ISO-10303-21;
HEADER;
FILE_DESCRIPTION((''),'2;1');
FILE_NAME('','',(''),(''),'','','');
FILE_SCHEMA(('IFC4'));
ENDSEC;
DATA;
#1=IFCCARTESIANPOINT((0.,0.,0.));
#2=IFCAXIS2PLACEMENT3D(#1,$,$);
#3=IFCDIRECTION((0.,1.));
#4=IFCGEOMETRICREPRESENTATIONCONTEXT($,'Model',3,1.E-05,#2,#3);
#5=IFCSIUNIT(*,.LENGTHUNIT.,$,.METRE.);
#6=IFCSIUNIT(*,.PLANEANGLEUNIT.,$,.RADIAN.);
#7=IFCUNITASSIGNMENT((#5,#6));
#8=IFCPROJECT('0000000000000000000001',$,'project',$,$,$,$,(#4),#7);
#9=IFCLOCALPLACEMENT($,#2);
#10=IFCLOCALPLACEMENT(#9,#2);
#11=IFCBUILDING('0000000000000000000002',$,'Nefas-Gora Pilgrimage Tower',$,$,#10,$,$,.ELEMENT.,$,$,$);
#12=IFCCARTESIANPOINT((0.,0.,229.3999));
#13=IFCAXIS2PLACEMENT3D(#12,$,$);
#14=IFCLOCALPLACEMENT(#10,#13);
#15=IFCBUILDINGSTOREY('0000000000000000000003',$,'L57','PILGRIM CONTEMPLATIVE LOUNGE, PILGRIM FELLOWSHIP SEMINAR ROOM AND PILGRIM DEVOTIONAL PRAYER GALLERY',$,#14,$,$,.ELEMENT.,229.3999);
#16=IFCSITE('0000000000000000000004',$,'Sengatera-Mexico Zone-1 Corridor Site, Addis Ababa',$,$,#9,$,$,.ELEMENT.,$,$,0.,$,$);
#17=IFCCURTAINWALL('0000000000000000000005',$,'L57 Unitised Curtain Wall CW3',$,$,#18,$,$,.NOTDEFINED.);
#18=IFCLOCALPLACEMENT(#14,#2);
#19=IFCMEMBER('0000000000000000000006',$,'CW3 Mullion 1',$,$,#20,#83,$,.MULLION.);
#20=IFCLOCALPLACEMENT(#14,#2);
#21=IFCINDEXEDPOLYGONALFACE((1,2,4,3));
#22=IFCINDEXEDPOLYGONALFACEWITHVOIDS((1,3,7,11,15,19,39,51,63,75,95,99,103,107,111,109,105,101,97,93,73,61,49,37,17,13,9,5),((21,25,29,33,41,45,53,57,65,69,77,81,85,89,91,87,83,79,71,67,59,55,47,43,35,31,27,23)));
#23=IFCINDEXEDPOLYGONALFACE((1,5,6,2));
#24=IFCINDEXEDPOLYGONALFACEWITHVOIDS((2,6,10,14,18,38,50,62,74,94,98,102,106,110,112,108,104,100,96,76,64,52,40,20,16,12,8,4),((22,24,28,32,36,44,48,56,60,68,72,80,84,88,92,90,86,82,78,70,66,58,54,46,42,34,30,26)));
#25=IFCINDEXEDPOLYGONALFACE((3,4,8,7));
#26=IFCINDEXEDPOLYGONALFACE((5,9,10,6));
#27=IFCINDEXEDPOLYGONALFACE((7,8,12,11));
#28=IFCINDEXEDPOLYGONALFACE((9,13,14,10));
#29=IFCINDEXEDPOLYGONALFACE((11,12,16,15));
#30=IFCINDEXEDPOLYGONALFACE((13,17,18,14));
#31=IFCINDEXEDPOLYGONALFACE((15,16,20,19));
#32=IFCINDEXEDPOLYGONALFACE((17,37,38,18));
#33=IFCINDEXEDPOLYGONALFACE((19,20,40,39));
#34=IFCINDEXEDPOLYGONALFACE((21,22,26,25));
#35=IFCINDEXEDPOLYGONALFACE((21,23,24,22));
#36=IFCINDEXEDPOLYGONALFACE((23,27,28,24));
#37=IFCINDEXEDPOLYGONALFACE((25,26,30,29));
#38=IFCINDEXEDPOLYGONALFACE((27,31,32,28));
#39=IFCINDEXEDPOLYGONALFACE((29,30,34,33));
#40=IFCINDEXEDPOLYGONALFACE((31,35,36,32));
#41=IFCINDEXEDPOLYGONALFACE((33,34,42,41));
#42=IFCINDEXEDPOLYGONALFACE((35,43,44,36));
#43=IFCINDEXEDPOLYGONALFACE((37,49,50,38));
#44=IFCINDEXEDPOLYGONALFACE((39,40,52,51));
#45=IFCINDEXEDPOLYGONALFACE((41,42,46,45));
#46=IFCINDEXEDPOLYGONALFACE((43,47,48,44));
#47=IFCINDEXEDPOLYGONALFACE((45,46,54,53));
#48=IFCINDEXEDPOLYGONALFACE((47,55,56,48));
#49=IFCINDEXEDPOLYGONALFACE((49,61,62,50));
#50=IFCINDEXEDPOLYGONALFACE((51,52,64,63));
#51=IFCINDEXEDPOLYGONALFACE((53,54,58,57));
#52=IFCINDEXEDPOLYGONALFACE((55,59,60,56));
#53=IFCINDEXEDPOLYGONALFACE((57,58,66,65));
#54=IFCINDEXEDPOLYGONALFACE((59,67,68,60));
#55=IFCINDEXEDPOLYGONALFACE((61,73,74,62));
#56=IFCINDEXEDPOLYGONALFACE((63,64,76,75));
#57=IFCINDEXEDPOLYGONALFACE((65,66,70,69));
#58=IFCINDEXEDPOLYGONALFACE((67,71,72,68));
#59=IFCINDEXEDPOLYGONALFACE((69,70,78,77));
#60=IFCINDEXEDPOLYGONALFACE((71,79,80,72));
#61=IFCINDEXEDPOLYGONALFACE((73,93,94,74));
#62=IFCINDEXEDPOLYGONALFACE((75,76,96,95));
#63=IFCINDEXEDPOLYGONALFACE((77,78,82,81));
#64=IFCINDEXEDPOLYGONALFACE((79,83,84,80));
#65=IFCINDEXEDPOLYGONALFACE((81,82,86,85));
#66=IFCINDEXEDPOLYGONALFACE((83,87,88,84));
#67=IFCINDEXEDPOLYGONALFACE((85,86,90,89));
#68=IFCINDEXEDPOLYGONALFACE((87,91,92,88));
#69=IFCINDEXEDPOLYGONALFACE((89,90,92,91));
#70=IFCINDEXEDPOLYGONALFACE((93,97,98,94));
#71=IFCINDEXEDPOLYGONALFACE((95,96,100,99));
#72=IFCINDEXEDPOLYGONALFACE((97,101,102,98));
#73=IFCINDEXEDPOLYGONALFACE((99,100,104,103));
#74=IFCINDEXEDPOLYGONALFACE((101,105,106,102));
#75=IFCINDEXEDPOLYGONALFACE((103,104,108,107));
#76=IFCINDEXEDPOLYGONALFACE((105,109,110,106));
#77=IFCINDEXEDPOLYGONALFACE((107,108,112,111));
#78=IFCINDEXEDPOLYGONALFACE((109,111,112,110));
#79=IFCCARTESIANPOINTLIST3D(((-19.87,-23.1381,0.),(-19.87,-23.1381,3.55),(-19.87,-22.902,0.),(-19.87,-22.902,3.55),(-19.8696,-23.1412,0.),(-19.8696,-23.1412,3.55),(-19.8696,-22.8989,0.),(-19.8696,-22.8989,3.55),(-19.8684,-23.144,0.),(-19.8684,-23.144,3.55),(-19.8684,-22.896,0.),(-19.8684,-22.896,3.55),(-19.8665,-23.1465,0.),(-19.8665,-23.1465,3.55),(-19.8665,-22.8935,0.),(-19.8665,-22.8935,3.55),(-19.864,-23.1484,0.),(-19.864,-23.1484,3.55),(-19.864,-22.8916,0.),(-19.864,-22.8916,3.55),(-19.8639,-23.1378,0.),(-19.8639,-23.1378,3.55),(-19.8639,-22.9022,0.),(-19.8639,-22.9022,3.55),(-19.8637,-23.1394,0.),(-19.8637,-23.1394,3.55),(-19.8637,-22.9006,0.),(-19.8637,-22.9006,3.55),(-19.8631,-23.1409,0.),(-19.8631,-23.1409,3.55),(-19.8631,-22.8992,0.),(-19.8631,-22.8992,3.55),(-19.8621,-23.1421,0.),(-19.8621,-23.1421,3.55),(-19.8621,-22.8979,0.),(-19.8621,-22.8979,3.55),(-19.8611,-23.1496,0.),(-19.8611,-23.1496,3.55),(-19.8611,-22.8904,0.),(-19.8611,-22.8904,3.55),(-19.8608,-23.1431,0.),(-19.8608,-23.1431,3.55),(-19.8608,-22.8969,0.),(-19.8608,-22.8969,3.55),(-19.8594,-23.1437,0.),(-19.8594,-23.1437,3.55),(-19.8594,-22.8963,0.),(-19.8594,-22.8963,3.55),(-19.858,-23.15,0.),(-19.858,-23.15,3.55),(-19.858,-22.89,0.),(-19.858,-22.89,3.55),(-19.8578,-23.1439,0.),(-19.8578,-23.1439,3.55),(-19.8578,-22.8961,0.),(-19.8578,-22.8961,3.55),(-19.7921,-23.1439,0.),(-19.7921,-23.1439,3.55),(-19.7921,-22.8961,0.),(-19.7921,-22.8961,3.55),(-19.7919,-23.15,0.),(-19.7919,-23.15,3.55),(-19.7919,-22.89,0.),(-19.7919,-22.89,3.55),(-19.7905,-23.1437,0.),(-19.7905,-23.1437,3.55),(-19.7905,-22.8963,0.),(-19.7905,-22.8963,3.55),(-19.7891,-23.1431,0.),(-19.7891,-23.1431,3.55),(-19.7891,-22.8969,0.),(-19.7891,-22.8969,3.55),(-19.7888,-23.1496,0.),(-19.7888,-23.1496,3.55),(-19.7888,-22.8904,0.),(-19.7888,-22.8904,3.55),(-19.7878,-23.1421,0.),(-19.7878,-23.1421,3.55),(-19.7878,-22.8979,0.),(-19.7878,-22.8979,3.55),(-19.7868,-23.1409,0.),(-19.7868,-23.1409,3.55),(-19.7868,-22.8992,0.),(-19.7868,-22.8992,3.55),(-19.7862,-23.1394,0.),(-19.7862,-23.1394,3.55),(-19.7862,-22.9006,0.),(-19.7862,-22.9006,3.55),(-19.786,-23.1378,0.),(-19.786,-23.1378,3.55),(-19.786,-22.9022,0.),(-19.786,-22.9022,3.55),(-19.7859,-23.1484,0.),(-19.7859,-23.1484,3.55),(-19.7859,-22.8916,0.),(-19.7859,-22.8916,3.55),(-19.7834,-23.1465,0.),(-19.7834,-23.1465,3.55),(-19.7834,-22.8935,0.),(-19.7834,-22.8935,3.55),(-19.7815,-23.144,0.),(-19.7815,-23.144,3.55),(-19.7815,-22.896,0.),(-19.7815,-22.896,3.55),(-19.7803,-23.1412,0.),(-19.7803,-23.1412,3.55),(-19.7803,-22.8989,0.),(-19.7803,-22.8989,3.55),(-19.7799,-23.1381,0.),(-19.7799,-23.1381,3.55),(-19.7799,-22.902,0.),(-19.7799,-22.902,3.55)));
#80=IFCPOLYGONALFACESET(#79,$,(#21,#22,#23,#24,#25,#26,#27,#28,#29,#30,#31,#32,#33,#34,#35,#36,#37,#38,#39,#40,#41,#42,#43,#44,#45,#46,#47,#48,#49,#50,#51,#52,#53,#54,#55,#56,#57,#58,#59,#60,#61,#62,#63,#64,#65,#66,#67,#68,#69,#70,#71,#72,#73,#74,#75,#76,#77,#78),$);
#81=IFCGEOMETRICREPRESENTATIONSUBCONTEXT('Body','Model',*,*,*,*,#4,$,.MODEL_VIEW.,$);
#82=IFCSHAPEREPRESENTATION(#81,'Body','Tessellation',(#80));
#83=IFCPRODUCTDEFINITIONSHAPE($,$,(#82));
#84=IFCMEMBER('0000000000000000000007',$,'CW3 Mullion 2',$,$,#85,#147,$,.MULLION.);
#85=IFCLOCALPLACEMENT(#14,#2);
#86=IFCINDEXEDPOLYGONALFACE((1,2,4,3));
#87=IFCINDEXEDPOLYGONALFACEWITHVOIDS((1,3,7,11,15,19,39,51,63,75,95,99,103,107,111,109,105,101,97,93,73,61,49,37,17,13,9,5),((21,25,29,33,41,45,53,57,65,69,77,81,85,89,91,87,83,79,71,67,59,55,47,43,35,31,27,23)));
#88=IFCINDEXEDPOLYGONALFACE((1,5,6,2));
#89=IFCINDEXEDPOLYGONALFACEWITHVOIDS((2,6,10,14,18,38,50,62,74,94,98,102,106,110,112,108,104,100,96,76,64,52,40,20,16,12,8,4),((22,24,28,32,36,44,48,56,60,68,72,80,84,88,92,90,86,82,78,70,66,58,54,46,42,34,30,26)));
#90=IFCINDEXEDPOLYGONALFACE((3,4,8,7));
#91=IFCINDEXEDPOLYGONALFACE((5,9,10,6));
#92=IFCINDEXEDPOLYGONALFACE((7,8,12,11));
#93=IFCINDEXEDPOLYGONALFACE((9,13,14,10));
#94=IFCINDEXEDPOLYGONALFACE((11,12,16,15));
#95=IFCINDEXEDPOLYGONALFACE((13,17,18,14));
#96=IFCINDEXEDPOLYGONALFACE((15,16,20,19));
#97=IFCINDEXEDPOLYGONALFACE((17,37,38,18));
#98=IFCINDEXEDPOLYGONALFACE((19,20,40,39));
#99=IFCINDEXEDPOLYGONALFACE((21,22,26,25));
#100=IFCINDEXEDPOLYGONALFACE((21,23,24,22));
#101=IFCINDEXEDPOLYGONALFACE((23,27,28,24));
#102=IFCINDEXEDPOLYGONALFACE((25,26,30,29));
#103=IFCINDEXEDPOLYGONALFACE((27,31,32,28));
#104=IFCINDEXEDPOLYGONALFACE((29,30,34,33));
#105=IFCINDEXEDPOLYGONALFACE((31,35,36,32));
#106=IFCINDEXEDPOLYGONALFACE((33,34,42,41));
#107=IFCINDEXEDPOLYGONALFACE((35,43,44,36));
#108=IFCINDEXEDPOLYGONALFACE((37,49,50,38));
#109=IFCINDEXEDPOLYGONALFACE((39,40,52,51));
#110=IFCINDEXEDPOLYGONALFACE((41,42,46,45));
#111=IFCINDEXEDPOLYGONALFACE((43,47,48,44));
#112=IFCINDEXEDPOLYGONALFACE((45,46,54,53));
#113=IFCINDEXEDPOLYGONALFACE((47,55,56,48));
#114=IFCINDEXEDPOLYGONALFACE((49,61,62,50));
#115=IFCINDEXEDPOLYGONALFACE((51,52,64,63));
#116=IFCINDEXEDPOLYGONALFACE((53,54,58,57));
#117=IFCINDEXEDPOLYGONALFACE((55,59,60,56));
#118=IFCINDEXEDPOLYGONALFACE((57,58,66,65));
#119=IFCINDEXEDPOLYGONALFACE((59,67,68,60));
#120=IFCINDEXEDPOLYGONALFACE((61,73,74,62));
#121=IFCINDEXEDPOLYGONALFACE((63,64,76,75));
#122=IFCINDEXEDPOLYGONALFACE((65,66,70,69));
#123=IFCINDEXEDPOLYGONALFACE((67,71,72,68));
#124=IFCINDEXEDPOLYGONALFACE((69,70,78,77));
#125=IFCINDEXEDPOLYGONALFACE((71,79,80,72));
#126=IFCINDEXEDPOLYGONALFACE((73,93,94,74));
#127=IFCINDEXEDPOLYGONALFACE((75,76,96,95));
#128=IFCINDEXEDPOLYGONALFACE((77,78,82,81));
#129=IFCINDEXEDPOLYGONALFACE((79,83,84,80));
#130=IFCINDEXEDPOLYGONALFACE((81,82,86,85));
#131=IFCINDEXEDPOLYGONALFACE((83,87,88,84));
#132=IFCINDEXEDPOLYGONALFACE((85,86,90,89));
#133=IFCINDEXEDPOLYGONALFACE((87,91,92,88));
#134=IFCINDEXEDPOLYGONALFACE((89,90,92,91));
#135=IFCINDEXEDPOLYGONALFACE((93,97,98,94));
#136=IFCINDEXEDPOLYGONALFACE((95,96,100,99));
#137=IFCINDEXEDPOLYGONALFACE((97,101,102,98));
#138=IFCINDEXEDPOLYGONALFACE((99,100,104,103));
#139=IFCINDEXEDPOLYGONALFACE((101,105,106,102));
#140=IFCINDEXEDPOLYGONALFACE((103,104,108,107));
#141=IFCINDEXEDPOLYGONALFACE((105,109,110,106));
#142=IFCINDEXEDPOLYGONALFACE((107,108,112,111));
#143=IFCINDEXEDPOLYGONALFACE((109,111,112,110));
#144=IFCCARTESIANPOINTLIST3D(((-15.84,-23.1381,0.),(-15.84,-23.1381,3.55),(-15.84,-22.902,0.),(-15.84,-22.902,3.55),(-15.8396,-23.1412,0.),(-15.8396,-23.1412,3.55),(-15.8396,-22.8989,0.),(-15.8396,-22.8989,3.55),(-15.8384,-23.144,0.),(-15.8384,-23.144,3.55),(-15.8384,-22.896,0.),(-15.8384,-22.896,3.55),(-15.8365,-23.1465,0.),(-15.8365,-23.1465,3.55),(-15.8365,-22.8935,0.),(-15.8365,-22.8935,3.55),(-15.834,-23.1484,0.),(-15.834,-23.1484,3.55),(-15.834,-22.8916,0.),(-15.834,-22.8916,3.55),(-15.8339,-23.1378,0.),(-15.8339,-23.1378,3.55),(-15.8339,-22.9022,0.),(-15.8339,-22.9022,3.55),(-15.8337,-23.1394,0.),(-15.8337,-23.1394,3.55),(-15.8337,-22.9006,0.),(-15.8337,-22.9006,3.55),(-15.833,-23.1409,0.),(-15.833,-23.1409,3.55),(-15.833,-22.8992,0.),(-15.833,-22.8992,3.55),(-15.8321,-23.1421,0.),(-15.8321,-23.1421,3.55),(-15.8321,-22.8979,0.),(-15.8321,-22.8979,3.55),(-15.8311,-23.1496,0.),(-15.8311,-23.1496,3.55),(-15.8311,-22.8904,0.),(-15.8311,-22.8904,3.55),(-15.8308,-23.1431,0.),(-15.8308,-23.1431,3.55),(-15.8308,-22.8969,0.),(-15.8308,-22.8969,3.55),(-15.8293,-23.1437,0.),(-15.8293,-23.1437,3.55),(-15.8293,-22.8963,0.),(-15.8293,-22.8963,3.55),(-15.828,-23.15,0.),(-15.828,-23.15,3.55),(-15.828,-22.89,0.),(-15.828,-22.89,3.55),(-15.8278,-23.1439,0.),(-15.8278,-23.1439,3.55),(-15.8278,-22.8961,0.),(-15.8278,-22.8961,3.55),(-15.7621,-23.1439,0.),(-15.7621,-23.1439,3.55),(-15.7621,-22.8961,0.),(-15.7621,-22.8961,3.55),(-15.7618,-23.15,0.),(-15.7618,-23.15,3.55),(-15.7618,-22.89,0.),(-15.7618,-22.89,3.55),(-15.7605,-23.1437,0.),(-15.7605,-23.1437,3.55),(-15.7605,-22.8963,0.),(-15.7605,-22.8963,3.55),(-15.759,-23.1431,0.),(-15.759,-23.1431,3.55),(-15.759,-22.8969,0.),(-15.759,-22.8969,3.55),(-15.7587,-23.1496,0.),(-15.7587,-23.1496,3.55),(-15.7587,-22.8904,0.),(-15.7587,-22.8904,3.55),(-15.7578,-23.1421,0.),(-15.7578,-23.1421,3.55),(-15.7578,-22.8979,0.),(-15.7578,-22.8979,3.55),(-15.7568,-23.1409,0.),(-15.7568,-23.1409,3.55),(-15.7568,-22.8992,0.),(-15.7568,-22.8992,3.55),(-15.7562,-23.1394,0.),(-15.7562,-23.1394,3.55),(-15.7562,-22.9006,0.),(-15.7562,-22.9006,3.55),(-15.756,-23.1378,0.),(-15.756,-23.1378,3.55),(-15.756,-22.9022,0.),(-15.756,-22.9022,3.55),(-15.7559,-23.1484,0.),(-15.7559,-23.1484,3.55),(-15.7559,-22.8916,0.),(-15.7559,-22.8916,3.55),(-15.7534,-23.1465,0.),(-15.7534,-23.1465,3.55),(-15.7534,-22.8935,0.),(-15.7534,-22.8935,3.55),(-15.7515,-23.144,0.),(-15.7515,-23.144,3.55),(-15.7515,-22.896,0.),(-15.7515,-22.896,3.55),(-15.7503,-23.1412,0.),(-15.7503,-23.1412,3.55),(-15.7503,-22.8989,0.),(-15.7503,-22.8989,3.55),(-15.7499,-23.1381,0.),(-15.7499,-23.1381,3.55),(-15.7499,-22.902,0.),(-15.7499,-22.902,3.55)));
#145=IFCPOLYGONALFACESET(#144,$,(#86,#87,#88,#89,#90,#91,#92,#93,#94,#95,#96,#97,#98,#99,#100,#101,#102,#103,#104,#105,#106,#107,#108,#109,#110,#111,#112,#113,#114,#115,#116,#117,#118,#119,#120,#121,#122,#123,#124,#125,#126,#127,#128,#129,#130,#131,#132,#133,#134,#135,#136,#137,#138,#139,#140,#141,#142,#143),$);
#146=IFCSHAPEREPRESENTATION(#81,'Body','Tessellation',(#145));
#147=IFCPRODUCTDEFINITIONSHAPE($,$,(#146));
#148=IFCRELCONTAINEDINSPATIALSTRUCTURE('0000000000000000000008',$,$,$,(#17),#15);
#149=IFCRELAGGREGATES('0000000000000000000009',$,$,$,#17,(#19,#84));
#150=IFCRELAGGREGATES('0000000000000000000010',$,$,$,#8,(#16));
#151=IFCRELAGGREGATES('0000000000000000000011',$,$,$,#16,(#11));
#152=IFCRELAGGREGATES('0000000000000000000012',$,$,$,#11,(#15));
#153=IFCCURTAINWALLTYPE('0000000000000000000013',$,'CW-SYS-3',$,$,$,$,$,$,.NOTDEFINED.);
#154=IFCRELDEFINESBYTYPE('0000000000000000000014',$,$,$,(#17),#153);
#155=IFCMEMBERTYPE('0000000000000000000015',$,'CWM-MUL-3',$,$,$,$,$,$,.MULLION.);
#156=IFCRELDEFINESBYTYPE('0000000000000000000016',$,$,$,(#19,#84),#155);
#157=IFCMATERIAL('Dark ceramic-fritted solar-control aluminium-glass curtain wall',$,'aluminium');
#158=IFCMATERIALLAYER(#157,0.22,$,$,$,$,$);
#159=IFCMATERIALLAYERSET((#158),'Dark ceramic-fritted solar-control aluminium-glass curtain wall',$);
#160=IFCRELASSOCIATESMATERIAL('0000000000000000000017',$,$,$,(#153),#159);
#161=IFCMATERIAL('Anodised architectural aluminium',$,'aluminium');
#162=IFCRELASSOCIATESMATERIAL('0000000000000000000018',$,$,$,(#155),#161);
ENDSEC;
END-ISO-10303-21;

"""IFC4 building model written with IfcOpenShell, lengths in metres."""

from ifc_helpers import new_model, si_unit, direction, frame, origin, origin_2d, place, context, subcontext, project, spatial, hollow_rectangle, extrude, source, transform, mapped, material, layer, layer_set, material_profile, profile_set, type_object, element, aggregate, save


model = new_model("IFC4")

# Units and contexts
model_context = context("Model", 3, precision=1e-05, world=origin(), true_north=direction((0.0, 1.0)))
body_context = subcontext(model_context, "Body", "Model", "MODEL_VIEW")
ifc_project = project(units=[si_unit("LENGTHUNIT", "METRE"), si_unit("PLANEANGLEUNIT", "RADIAN")], contexts=[model_context])

# Site, building, storey
site_placement = place(None, origin())
site = spatial("IfcSite", under=ifc_project, at=site_placement, Name="Sengatera-Mexico Zone-1 Corridor Site, Addis Ababa", CompositionType="ELEMENT", RefElevation=0.0)
building_placement = place(site_placement, origin())
building = spatial("IfcBuilding", under=site, at=building_placement, Name="Nefas-Gora Pilgrimage Tower", CompositionType="ELEMENT")
storey_placement = place(building_placement, frame((0.0, 0.0, 229.3999)))
storey = spatial("IfcBuildingStorey", under=building, at=storey_placement, Name="L57", Description="PILGRIM CONTEMPLATIVE LOUNGE, PILGRIM FELLOWSHIP SEMINAR ROOM AND PILGRIM DEVOTIONAL PRAYER GALLERY", CompositionType="ELEMENT", Elevation=229.3999)

# Shared definitions
ifc_material_1 = material(Name="Dark ceramic-fritted solar-control aluminium-glass curtain wall", Category="aluminium")
ifc_material_2 = material(Name="Anodised architectural aluminium", Category="aluminium")

# Shared definitions
ifc_layer_1 = layer(ifc_material_1, 0.22)
ifc_layer_set_1 = layer_set([ifc_layer_1], Name="Dark ceramic-fritted solar-control aluminium-glass curtain wall")
curtain_wall_type_1 = type_object("IfcCurtainWallType", Name="CW-SYS-3", PredefinedType="NOTDEFINED", material=ifc_layer_set_1)
ifc_material_profile_1 = material_profile(ifc_material_2, hollow_rectangle(XDim=0.0901, YDim=0.26, WallThickness=0.0061, InnerFilletRadius=0.0061, OuterFilletRadius=0.012, at=origin_2d()), Name="ALU MULLION 90x260")
ifc_profile_set_1 = profile_set([ifc_material_profile_1], Name="Anodised architectural aluminium")
member_type_1 = type_object("IfcMemberType", Name="CWM-MUL-3", PredefinedType="MULLION", material=ifc_profile_set_1)
shared_shape_1 = source(origin(), body_context, "Body", "SweptSolid", [
    extrude(hollow_rectangle(XDim=0.0901, YDim=0.26, WallThickness=0.0061, InnerFilletRadius=0.0061, OuterFilletRadius=0.012, at=origin_2d()), origin(), (0.0, 0.0, 1.0), 3.55),
])

# Curtain wall, members
curtain_wall_1_placement = place(storey_placement, origin())
curtain_wall_1 = element("IfcCurtainWall", 1, at=curtain_wall_1_placement, inside=storey, type_object=curtain_wall_type_1, Name="L57 Unitised Curtain Wall CW3", PredefinedType="NOTDEFINED")
member_1_placement = place(storey_placement, frame((-19.825, -23.02, 0.0), z_axis=(0.0, 0.0, 1.0), x_axis=(1.0, 0.0, 0.0)))
member_1 = element("IfcMember", 2, at=member_1_placement, type_object=member_type_1, Name="CW3 Mullion 1", PredefinedType="MULLION", context=body_context, shape_type="MappedRepresentation", body=[
    mapped(shared_shape_1, transform((0.0, 0.0, 0.0), x_axis=(1.0, 0.0, 0.0), y_axis=(0.0, 1.0, 0.0), z_axis=(0.0, 0.0, 1.0), scale=1.0)),
])
member_2_placement = place(storey_placement, frame((-15.7949, -23.02, 0.0), z_axis=(0.0, 0.0, 1.0), x_axis=(1.0, 0.0, 0.0)))
member_2 = element("IfcMember", 3, at=member_2_placement, type_object=member_type_1, Name="CW3 Mullion 2", PredefinedType="MULLION", context=body_context, shape_type="MappedRepresentation", body=[
    mapped(shared_shape_1, transform((0.0, 0.0, 0.0), x_axis=(1.0, 0.0, 0.0), y_axis=(0.0, 1.0, 0.0), z_axis=(0.0, 0.0, 1.0), scale=1.0)),
])

aggregate(curtain_wall_1, [member_1, member_2])

save(model, "model.ifc")
